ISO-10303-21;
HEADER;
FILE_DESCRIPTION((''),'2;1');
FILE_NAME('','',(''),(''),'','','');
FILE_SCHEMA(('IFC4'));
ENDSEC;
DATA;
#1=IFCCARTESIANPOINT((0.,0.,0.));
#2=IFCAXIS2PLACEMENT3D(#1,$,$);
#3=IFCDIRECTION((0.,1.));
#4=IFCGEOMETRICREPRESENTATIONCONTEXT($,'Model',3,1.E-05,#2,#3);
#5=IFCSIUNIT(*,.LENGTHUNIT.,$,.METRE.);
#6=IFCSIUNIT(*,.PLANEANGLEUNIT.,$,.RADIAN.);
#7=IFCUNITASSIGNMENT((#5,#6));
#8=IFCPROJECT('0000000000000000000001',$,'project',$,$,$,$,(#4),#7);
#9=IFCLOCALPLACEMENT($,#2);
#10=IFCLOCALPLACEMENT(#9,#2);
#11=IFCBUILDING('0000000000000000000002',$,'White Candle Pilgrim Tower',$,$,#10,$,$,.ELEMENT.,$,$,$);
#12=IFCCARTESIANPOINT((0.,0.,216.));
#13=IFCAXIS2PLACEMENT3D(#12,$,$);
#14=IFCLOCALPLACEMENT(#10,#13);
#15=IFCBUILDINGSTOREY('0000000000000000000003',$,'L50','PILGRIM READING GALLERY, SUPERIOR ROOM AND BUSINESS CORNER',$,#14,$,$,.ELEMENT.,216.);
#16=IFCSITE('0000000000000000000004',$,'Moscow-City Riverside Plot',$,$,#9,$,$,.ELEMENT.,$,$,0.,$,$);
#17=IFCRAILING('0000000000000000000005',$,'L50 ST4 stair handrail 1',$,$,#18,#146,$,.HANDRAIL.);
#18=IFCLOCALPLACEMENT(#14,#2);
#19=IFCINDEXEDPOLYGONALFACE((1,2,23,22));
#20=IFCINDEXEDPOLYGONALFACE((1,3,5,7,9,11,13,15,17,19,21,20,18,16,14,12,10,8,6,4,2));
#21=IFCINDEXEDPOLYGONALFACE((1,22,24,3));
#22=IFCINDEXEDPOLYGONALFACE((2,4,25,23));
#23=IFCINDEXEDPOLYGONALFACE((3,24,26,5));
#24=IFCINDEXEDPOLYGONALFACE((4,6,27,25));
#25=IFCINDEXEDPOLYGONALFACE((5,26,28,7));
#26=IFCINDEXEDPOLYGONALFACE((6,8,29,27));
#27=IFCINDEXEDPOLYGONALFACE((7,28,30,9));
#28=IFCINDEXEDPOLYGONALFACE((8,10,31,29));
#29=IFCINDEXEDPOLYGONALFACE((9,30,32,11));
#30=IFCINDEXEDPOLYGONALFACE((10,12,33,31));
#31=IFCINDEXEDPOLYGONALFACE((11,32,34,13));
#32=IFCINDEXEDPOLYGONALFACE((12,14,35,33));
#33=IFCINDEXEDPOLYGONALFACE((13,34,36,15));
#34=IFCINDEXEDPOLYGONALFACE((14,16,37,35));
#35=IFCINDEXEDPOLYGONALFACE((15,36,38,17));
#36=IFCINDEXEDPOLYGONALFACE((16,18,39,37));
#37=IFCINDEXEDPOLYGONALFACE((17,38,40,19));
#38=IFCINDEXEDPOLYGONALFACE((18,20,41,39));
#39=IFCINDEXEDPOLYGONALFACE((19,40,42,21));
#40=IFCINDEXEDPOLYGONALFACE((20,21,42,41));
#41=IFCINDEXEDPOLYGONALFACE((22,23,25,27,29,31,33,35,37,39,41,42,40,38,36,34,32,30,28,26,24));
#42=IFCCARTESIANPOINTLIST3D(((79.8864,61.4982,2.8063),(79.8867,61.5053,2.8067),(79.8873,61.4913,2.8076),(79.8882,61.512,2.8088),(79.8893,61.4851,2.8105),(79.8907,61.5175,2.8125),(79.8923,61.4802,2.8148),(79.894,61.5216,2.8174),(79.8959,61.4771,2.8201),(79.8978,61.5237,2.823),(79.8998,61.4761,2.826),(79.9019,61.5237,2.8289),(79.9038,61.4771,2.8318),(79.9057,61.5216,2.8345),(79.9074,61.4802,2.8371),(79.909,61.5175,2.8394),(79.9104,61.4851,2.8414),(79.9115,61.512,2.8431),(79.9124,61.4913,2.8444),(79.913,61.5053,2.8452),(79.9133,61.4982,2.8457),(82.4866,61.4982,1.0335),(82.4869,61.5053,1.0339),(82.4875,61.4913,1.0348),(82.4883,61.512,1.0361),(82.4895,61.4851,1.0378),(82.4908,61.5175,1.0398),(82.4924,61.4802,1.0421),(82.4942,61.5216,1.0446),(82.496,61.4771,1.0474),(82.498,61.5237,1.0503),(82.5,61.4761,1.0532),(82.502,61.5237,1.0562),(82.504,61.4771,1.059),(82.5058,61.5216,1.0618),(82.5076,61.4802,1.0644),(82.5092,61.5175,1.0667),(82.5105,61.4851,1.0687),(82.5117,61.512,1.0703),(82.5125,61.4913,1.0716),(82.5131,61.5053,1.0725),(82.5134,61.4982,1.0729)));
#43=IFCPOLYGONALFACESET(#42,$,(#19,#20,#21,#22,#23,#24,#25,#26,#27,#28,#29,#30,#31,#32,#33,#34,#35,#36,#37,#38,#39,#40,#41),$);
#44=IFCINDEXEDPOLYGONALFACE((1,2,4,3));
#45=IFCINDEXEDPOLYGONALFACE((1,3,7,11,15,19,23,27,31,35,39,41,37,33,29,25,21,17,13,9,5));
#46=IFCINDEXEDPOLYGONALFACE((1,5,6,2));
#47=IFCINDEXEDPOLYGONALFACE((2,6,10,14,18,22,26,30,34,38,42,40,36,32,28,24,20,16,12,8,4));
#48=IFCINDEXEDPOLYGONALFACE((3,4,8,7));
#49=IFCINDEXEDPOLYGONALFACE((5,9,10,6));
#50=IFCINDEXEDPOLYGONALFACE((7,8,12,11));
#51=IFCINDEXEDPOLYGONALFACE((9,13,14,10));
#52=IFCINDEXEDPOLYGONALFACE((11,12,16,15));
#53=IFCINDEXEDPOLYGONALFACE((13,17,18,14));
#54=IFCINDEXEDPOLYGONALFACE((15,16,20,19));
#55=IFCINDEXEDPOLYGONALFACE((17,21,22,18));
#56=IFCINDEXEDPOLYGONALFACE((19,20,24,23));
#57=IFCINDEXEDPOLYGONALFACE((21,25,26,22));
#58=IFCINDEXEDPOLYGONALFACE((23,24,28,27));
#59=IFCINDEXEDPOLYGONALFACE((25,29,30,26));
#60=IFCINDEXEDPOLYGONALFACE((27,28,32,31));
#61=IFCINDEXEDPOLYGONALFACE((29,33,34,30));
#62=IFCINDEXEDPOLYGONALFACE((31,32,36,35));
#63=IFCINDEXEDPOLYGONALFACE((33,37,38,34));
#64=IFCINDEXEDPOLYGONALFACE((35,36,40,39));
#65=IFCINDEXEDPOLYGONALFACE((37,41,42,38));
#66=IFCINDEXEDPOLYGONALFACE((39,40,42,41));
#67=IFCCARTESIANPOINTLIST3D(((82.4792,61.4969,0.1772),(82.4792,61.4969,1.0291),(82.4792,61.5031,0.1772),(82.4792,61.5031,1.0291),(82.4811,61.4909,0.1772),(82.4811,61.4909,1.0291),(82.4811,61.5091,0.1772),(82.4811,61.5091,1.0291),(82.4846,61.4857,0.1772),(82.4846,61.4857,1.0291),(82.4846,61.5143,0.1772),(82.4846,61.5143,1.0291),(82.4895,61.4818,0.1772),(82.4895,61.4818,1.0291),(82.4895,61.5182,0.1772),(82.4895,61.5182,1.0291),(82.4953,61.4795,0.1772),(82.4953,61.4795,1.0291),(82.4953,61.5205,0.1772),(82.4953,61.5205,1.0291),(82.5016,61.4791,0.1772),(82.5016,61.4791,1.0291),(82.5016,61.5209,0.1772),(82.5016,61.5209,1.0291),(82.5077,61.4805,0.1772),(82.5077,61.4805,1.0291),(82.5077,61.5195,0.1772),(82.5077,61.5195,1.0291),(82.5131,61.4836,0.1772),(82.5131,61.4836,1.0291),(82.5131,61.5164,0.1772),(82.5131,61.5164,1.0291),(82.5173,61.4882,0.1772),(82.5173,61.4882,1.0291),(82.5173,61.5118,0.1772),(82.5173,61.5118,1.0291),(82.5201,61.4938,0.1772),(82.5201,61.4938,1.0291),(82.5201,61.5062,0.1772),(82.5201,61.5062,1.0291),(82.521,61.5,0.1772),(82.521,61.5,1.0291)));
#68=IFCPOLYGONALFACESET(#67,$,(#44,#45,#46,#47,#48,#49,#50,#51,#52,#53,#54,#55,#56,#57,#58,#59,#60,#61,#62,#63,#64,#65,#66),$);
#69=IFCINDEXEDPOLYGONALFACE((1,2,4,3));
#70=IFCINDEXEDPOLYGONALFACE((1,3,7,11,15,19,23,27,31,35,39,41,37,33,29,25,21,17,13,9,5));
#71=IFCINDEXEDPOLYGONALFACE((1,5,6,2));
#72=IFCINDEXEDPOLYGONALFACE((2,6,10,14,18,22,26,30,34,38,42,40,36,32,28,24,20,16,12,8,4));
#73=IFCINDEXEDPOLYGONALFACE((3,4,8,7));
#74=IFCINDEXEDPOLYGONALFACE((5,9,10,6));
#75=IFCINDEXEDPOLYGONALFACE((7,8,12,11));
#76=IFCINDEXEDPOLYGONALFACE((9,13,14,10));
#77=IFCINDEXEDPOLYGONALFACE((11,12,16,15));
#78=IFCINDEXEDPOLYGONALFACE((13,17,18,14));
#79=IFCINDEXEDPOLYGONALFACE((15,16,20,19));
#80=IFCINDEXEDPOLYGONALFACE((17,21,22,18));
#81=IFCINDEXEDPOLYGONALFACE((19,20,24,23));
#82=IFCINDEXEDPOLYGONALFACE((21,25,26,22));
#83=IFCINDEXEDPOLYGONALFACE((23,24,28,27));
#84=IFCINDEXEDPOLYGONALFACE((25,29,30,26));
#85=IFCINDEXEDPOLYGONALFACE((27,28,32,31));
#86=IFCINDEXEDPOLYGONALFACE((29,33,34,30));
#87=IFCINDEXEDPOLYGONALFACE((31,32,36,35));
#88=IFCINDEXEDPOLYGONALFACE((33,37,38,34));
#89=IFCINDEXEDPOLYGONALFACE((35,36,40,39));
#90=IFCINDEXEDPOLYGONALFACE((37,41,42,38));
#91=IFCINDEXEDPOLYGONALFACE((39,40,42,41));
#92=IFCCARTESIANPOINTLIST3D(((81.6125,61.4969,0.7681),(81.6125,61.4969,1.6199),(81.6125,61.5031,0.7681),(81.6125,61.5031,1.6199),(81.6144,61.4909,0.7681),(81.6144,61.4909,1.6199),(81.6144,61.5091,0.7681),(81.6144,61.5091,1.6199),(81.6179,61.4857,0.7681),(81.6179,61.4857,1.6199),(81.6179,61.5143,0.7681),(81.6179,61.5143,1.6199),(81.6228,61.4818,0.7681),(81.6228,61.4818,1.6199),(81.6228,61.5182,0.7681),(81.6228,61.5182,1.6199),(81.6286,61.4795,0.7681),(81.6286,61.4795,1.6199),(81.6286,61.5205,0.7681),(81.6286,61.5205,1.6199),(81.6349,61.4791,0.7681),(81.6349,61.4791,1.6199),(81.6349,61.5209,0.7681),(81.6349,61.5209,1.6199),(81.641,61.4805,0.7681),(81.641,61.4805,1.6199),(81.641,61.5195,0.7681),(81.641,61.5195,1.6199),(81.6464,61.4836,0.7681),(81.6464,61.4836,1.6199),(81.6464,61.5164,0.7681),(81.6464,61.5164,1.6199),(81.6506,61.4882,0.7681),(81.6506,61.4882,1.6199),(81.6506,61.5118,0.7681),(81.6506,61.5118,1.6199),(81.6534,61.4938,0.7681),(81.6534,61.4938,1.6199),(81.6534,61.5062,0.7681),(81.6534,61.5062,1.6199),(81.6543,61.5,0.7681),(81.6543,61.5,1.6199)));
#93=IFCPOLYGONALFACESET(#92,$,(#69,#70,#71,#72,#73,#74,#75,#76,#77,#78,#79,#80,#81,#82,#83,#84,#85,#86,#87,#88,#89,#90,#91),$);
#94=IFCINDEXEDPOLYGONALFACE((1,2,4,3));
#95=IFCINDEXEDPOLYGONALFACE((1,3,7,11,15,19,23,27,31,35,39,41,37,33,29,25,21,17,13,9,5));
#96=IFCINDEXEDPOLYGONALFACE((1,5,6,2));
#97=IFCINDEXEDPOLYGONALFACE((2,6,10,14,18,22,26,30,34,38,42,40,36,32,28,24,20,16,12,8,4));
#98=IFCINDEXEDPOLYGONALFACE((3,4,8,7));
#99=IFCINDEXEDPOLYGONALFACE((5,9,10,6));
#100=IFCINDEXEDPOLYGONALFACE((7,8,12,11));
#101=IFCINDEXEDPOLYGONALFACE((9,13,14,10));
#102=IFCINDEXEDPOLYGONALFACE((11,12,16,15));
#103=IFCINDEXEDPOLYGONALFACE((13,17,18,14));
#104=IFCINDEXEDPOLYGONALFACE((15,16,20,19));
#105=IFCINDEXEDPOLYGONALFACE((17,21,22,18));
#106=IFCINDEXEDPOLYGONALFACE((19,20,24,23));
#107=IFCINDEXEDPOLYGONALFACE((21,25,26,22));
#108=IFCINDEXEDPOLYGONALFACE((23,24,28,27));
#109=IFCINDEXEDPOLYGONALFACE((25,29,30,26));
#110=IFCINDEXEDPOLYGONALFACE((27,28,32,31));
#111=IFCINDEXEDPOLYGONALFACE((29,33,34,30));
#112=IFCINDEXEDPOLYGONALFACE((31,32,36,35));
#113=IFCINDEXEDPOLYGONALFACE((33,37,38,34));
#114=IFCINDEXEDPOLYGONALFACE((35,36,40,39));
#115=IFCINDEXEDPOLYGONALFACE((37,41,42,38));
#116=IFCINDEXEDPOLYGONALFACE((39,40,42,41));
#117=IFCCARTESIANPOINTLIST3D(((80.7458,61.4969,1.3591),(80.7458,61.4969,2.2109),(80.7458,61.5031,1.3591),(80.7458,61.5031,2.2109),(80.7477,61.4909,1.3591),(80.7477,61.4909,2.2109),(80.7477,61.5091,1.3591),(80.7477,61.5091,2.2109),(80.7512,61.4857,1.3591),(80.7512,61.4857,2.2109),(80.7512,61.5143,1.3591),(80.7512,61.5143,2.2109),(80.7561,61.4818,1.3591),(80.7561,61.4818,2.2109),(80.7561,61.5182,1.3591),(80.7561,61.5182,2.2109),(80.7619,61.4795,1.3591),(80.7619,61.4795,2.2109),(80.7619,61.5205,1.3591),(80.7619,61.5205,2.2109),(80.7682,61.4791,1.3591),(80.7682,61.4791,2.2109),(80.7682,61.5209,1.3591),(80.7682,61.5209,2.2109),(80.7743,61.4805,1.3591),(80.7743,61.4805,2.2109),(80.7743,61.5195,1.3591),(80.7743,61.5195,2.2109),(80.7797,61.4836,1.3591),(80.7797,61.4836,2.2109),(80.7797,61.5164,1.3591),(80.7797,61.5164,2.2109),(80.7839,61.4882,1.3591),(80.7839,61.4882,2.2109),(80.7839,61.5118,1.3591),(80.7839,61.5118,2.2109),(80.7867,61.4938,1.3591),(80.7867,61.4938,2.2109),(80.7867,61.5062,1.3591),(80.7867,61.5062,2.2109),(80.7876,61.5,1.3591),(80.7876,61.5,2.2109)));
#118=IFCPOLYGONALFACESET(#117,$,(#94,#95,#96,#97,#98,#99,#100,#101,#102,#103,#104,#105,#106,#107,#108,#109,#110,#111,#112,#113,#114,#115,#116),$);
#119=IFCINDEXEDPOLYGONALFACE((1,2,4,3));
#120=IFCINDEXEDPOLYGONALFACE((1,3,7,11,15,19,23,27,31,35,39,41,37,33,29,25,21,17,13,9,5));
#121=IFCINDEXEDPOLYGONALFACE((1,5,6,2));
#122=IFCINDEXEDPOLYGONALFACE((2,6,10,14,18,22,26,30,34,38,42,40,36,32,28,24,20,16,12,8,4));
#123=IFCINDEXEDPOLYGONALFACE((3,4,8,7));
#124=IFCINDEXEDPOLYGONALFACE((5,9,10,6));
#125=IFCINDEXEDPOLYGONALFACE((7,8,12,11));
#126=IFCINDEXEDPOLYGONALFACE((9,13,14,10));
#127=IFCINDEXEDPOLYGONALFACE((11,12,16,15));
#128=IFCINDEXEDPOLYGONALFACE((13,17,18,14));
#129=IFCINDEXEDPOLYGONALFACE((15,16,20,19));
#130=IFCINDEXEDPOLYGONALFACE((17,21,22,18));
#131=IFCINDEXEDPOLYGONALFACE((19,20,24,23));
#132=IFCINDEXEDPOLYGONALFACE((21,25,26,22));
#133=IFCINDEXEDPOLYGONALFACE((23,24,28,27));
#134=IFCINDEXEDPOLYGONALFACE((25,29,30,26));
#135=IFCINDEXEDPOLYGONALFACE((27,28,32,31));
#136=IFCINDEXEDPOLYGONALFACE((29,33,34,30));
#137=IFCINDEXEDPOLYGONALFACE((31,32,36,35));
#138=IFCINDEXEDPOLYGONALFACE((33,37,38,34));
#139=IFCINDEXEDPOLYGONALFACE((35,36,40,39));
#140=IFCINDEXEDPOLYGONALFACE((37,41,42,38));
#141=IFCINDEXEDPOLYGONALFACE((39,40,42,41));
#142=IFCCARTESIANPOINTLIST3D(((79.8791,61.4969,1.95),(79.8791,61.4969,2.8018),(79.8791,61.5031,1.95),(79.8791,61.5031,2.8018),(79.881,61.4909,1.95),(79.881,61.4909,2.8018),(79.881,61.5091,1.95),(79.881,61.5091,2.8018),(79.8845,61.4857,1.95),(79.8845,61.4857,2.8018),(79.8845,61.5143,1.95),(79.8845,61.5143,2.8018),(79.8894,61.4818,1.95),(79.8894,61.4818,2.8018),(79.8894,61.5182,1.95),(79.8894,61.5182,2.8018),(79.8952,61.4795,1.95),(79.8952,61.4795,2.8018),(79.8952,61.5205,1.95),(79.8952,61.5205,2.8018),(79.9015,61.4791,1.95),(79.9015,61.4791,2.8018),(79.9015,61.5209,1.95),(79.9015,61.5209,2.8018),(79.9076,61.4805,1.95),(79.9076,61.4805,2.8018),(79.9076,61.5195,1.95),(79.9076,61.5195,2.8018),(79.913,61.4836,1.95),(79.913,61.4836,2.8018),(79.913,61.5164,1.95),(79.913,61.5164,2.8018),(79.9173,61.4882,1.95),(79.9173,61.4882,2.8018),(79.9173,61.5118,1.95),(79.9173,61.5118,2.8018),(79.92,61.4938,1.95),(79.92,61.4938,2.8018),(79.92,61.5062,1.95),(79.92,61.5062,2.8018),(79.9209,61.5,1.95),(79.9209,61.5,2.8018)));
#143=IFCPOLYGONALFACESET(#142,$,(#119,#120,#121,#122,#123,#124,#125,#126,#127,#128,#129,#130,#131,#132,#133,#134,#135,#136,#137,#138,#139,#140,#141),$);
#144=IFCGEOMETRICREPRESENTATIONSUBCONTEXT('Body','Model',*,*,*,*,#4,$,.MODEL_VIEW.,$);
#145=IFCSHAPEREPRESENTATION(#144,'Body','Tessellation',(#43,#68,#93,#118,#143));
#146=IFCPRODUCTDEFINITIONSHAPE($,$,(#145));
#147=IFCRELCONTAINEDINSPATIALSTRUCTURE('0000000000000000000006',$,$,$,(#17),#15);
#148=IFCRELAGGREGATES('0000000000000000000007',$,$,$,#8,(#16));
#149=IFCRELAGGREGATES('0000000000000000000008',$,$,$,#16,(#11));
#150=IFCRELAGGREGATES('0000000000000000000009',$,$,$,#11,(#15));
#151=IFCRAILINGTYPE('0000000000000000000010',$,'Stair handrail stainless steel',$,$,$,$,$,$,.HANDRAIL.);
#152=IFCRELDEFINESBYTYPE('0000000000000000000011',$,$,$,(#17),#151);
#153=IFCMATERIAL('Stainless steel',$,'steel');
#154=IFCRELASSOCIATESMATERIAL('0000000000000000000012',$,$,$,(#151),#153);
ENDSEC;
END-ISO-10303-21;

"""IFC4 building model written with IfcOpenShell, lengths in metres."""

from ifc_helpers import new_model, si_unit, direction, frame, origin, origin_2d, place, context, subcontext, project, spatial, circle, extrude, material, type_object, element, save


model = new_model("IFC4")

# Units and contexts
model_context = context("Model", 3, precision=1e-05, world=origin(), true_north=direction((0.0, 1.0)))
body_context = subcontext(model_context, "Body", "Model", "MODEL_VIEW")
ifc_project = project(units=[si_unit("LENGTHUNIT", "METRE"), si_unit("PLANEANGLEUNIT", "RADIAN")], contexts=[model_context])

# Site, building, storey
site_placement = place(None, origin())
site = spatial("IfcSite", under=ifc_project, at=site_placement, Name="Moscow-City Riverside Plot", CompositionType="ELEMENT", RefElevation=0.0)
building_placement = place(site_placement, origin())
building = spatial("IfcBuilding", under=site, at=building_placement, Name="White Candle Pilgrim Tower", CompositionType="ELEMENT")
storey_placement = place(building_placement, frame((0.0, 0.0, 216.0)))
storey = spatial("IfcBuildingStorey", under=building, at=storey_placement, Name="L50", Description="PILGRIM READING GALLERY, SUPERIOR ROOM AND BUSINESS CORNER", CompositionType="ELEMENT", Elevation=216.0)

# Railing
ifc_material_1 = material(Name="Stainless steel", Category="steel")
railing_type_1 = type_object("IfcRailingType", Name="Stair handrail stainless steel", PredefinedType="HANDRAIL", material=ifc_material_1)
railing_1_placement = place(storey_placement, frame((82.5, 61.5, 0.1772)))
element("IfcRailing", 1, at=railing_1_placement, inside=storey, type_object=railing_type_1, Name="L50 ST4 stair handrail 1", PredefinedType="HANDRAIL", context=body_context, shape_type="SweptSolid", body=[
    extrude(circle(Radius=0.0239, at=origin_2d()), frame((0.0, 0.0, 0.876), z_axis=(-0.82624, 0.0, 0.563318), x_axis=(0.0, -1.0, 0.0)), (0.0, 0.0, 1.0), 3.147),
    extrude(circle(Radius=0.021, at=origin_2d()), origin(), (0.0, 0.0, 1.0), 0.8518),
    extrude(circle(Radius=0.021, at=origin_2d()), frame((-0.8667, 0.0, 0.5908)), (0.0, 0.0, 1.0), 0.8518),
    extrude(circle(Radius=0.021, at=origin_2d()), frame((-1.7334, 0.0, 1.1819)), (0.0, 0.0, 1.0), 0.8518),
    extrude(circle(Radius=0.021, at=origin_2d()), frame((-2.6001, 0.0, 1.7727)), (0.0, 0.0, 1.0), 0.8518),
])

save(model, "model.ifc")
